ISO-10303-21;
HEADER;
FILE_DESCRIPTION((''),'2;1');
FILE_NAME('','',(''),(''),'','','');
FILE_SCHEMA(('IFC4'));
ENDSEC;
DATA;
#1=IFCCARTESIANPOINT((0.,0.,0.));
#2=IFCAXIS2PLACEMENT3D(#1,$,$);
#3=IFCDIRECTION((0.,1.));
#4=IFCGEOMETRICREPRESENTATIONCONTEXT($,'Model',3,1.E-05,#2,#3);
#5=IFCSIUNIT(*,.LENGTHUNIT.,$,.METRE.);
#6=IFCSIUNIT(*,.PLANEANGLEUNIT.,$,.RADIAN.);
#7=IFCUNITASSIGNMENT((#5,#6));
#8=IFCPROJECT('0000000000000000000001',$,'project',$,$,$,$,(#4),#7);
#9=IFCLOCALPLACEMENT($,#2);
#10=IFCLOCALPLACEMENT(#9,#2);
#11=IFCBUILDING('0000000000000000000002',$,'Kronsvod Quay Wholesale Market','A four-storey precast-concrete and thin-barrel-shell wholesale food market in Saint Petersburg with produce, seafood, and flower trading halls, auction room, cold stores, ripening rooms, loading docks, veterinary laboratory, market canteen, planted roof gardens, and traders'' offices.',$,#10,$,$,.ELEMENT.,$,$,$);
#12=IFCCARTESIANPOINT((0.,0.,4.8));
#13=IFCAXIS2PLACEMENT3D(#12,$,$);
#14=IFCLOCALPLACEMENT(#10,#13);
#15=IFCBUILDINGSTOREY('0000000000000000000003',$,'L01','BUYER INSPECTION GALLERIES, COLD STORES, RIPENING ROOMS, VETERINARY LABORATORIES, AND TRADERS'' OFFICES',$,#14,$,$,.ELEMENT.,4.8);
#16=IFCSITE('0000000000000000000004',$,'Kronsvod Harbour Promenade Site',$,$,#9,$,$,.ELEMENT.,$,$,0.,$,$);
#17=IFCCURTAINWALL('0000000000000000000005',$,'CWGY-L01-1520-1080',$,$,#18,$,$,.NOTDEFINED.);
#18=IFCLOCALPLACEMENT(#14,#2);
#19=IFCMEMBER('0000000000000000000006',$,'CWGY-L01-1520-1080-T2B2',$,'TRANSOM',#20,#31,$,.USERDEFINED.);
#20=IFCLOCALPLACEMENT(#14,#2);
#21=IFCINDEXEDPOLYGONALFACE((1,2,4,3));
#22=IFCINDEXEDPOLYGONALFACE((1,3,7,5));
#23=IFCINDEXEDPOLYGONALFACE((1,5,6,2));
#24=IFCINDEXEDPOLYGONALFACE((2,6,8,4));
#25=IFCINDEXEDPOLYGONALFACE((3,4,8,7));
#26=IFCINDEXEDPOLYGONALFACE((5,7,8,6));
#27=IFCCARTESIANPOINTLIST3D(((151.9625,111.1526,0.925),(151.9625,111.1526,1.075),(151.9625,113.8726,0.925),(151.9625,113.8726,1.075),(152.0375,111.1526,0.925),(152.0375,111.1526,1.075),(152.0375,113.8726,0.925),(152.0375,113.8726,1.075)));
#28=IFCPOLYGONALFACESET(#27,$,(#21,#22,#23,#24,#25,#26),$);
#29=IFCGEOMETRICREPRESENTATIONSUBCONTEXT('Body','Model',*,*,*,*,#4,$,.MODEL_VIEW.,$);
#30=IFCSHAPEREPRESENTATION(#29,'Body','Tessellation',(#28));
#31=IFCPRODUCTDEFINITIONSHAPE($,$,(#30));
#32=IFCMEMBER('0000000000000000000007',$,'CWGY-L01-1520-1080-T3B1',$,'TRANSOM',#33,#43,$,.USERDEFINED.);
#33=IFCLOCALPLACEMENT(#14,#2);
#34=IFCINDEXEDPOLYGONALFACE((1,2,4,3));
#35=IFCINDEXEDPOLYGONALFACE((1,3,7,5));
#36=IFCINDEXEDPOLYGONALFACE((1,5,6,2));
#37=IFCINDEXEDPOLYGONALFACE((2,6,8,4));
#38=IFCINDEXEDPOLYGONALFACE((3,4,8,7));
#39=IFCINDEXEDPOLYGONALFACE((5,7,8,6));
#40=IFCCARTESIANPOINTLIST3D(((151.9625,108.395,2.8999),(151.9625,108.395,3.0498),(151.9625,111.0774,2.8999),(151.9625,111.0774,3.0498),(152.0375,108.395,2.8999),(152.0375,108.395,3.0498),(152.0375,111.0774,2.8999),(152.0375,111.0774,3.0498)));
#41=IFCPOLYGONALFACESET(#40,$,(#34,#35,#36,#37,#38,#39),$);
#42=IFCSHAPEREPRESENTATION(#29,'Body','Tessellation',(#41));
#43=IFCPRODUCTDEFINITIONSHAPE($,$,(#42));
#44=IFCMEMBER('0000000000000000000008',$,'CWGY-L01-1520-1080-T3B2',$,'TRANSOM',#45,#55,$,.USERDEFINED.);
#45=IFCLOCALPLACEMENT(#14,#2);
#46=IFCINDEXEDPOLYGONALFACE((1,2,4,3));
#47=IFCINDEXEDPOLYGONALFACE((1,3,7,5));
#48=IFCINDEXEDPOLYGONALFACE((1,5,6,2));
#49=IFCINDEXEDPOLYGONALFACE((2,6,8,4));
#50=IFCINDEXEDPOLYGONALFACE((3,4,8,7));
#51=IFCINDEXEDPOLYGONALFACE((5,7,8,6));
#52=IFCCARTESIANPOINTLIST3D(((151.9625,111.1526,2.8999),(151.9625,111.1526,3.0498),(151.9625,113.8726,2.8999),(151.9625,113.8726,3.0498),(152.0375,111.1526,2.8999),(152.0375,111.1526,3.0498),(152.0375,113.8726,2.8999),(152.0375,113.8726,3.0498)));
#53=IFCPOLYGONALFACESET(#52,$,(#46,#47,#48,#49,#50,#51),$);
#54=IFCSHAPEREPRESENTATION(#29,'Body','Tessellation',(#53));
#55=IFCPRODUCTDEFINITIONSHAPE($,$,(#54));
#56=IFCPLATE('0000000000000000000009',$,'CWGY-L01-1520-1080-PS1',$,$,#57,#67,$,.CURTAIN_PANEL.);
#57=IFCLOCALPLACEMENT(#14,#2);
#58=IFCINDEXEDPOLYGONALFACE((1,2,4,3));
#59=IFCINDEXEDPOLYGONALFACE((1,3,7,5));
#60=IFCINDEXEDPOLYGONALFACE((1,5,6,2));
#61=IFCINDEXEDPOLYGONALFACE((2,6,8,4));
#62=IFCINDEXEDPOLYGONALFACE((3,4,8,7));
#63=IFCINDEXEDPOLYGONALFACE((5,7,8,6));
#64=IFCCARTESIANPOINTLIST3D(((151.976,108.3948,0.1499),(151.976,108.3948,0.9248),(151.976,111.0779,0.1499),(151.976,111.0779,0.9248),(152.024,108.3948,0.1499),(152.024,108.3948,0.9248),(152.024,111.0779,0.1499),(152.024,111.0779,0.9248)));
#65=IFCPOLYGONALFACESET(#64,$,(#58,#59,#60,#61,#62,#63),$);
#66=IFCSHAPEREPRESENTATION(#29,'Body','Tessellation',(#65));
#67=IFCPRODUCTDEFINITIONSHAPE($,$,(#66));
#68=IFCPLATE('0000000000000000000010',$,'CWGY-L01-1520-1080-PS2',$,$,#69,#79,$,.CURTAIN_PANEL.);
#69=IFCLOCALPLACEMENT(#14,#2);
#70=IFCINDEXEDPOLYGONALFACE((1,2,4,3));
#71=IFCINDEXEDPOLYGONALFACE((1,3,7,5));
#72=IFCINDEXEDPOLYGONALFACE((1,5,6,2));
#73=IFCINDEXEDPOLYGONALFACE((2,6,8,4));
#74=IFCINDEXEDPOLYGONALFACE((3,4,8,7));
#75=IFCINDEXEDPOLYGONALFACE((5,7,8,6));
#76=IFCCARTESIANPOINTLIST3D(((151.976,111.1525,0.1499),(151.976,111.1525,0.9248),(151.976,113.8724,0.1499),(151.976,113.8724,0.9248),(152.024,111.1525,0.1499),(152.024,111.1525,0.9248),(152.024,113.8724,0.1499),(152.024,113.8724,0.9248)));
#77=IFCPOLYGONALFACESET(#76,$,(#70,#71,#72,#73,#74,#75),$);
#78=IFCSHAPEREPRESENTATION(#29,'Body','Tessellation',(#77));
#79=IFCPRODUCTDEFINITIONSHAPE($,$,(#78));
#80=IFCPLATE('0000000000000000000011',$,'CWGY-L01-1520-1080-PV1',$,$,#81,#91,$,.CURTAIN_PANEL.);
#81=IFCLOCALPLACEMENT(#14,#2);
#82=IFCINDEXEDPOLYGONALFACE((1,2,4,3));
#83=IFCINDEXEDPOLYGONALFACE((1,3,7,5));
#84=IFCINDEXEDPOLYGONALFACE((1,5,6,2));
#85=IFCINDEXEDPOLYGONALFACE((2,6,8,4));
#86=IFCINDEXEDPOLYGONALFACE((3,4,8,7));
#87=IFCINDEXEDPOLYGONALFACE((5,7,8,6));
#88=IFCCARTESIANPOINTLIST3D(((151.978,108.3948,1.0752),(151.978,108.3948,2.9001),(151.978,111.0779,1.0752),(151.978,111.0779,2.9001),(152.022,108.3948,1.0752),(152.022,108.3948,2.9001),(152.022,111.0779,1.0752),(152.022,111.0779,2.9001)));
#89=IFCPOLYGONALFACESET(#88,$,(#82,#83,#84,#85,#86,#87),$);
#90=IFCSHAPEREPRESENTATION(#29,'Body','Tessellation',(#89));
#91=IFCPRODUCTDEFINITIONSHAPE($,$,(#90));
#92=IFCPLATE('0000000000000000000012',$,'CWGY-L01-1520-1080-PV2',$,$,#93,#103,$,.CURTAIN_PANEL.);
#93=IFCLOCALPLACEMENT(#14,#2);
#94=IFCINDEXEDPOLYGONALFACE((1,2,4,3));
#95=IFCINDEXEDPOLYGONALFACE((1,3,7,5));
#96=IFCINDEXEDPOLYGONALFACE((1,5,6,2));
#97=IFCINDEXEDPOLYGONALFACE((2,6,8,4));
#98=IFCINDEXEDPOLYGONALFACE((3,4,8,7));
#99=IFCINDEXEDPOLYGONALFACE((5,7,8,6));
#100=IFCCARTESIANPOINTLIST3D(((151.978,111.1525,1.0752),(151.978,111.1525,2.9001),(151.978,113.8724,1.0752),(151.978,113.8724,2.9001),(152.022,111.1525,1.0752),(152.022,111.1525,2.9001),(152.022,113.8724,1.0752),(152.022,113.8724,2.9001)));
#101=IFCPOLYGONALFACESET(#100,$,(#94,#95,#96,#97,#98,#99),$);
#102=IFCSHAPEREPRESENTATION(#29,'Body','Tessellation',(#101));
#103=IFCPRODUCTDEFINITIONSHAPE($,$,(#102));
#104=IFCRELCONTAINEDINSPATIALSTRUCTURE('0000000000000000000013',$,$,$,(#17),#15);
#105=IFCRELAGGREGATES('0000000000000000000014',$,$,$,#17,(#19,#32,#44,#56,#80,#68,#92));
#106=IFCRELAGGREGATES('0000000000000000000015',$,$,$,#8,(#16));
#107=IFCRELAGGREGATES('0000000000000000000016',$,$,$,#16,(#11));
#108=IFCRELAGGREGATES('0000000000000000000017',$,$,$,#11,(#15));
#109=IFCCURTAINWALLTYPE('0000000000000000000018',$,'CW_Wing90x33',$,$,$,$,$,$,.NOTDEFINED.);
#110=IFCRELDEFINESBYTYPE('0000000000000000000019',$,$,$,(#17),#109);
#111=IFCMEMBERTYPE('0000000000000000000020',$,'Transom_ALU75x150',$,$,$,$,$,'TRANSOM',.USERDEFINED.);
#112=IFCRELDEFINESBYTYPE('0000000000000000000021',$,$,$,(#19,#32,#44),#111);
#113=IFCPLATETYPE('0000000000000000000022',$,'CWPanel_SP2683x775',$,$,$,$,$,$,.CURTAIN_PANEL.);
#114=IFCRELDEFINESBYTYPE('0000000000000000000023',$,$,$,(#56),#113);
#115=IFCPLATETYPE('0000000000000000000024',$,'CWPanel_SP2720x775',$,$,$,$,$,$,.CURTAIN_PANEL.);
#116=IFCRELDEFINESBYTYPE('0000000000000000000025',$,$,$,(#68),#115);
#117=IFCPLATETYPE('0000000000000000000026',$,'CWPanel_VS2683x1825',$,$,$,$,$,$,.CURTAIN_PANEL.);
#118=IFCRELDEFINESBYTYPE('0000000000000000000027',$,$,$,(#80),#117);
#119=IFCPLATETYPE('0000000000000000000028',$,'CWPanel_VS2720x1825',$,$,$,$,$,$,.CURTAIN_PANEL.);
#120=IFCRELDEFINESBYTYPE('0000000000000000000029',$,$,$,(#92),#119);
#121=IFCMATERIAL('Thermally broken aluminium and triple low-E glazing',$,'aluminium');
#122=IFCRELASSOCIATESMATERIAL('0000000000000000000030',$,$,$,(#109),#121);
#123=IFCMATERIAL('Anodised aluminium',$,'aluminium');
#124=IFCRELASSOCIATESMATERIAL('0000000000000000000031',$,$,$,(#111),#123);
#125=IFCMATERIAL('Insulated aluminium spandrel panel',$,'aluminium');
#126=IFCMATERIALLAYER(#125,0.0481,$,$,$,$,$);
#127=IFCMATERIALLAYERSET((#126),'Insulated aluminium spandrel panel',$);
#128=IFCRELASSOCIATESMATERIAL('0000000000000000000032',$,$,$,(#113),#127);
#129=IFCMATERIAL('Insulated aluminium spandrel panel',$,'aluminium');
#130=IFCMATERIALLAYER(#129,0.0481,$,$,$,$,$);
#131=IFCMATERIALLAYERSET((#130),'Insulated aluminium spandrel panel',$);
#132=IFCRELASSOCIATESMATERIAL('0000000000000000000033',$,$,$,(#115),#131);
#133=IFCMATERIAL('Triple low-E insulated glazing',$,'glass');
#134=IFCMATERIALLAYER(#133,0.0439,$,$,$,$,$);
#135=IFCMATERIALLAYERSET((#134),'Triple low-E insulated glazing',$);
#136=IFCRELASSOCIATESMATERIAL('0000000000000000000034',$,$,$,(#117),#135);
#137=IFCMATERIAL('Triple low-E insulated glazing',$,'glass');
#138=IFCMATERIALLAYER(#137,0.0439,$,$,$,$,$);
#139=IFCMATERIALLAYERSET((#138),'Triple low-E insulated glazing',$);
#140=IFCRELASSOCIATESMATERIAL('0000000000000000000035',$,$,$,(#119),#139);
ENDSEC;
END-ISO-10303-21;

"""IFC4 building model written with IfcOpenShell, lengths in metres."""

from ifc_helpers import new_model, si_unit, direction, frame, origin, origin_2d, place, context, subcontext, project, spatial, rectangle, extrude, material, layer, layer_set, material_profile, profile_set, type_object, element, aggregate, save


model = new_model("IFC4")

# Units and contexts
model_context = context("Model", 3, precision=1e-05, world=origin(), true_north=direction((0.0, 1.0)))
body_context = subcontext(model_context, "Body", "Model", "MODEL_VIEW")
ifc_project = project(units=[si_unit("LENGTHUNIT", "METRE"), si_unit("PLANEANGLEUNIT", "RADIAN")], contexts=[model_context])

# Site, building, storey
site_placement = place(None, origin())
site = spatial("IfcSite", under=ifc_project, at=site_placement, Name="Kronsvod Harbour Promenade Site", CompositionType="ELEMENT", RefElevation=0.0)
building_placement = place(site_placement, origin())
building = spatial("IfcBuilding", under=site, at=building_placement, Name="Kronsvod Quay Wholesale Market", Description="A four-storey precast-concrete and thin-barrel-shell wholesale food market in Saint Petersburg with produce, seafood, and flower trading halls, auction room, cold stores, ripening rooms, loading docks, veterinary laboratory, market canteen, planted roof gardens, and traders' offices.", CompositionType="ELEMENT")
storey_placement = place(building_placement, frame((0.0, 0.0, 4.8)))
storey = spatial("IfcBuildingStorey", under=building, at=storey_placement, Name="L01", Description="BUYER INSPECTION GALLERIES, COLD STORES, RIPENING ROOMS, VETERINARY LABORATORIES, AND TRADERS' OFFICES", CompositionType="ELEMENT", Elevation=4.8)

# Curtain wall, members, plates
ifc_material_1 = material(Name="Thermally broken aluminium and triple low-E glazing", Category="aluminium")
curtain_wall_type = type_object("IfcCurtainWallType", Name="CW_Wing90x33", PredefinedType="NOTDEFINED", material=ifc_material_1)
curtain_wall_placement = place(storey_placement, origin())
curtain_wall = element("IfcCurtainWall", 1, at=curtain_wall_placement, inside=storey, type_object=curtain_wall_type, Name="CWGY-L01-1520-1080", PredefinedType="NOTDEFINED")
ifc_material_2 = material(Name="Anodised aluminium", Category="aluminium")
ifc_material_profile_1 = material_profile(ifc_material_2, rectangle(XDim=0.075, YDim=0.1499, at=origin_2d()), Name="ALUT75x150")
ifc_profile_set_1 = profile_set([ifc_material_profile_1], Name="Anodised aluminium")
member_type_1 = type_object("IfcMemberType", Name="Transom_ALU75x150", ElementType="TRANSOM", PredefinedType="USERDEFINED", material=ifc_profile_set_1)
member_1_placement = place(storey_placement, frame((152.0, 111.1526, 1.0), z_axis=(0.0, 1.0, 0.0), x_axis=(-1.0, 0.0, 0.0)))
member_1 = element("IfcMember", 2, at=member_1_placement, type_object=member_type_1, Name="CWGY-L01-1520-1080-T2B2", ObjectType="TRANSOM", PredefinedType="USERDEFINED", context=body_context, shape_type="SweptSolid", body=[
    extrude(rectangle(XDim=0.075, YDim=0.1499, at=origin_2d()), origin(), (0.0, 0.0, 1.0), 2.72),
])
member_2_placement = place(storey_placement, frame((152.0, 108.395, 2.9749), z_axis=(0.0, 1.0, 0.0), x_axis=(-1.0, 0.0, 0.0)))
member_2 = element("IfcMember", 3, at=member_2_placement, type_object=member_type_1, Name="CWGY-L01-1520-1080-T3B1", ObjectType="TRANSOM", PredefinedType="USERDEFINED", context=body_context, shape_type="SweptSolid", body=[
    extrude(rectangle(XDim=0.075, YDim=0.1499, at=origin_2d()), origin(), (0.0, 0.0, 1.0), 2.6824),
])
member_3_placement = place(storey_placement, frame((152.0, 111.1526, 2.9749), z_axis=(0.0, 1.0, 0.0), x_axis=(-1.0, 0.0, 0.0)))
member_3 = element("IfcMember", 4, at=member_3_placement, type_object=member_type_1, Name="CWGY-L01-1520-1080-T3B2", ObjectType="TRANSOM", PredefinedType="USERDEFINED", context=body_context, shape_type="SweptSolid", body=[
    extrude(rectangle(XDim=0.075, YDim=0.1499, at=origin_2d()), origin(), (0.0, 0.0, 1.0), 2.72),
])
ifc_material_3 = material(Name="Insulated aluminium spandrel panel", Category="aluminium")
ifc_layer_1 = layer(ifc_material_3, 0.0481)
ifc_layer_set_1 = layer_set([ifc_layer_1], Name="Insulated aluminium spandrel panel")
plate_type_1 = type_object("IfcPlateType", Name="CWPanel_SP2683x775", PredefinedType="CURTAIN_PANEL", material=ifc_layer_set_1)
plate_1_placement = place(storey_placement, frame((152.0, 109.7363, 0.1499), z_axis=(0.0, 0.0, 1.0), x_axis=(0.0, 1.0, 0.0)))
plate_1 = element("IfcPlate", 5, at=plate_1_placement, type_object=plate_type_1, Name="CWGY-L01-1520-1080-PS1", PredefinedType="CURTAIN_PANEL", context=body_context, shape_type="SweptSolid", body=[
    extrude(rectangle(XDim=2.6831, YDim=0.0481, at=origin_2d()), origin(), (0.0, 0.0, 1.0), 0.7749),
])
ifc_material_4 = material(Name="Insulated aluminium spandrel panel", Category="aluminium")
ifc_layer_2 = layer(ifc_material_4, 0.0481)
ifc_layer_set_2 = layer_set([ifc_layer_2], Name="Insulated aluminium spandrel panel")
plate_type_2 = type_object("IfcPlateType", Name="CWPanel_SP2720x775", PredefinedType="CURTAIN_PANEL", material=ifc_layer_set_2)
plate_2_placement = place(storey_placement, frame((152.0, 112.5125, 0.1499), z_axis=(0.0, 0.0, 1.0), x_axis=(0.0, 1.0, 0.0)))
plate_2 = element("IfcPlate", 6, at=plate_2_placement, type_object=plate_type_2, Name="CWGY-L01-1520-1080-PS2", PredefinedType="CURTAIN_PANEL", context=body_context, shape_type="SweptSolid", body=[
    extrude(rectangle(XDim=2.72, YDim=0.0481, at=origin_2d()), origin(), (0.0, 0.0, 1.0), 0.7749),
])
ifc_material_5 = material(Name="Triple low-E insulated glazing", Category="glass")
ifc_layer_3 = layer(ifc_material_5, 0.0439)
ifc_layer_set_3 = layer_set([ifc_layer_3], Name="Triple low-E insulated glazing")
plate_type_3 = type_object("IfcPlateType", Name="CWPanel_VS2683x1825", PredefinedType="CURTAIN_PANEL", material=ifc_layer_set_3)
plate_3_placement = place(storey_placement, frame((152.0, 109.7363, 1.0752), z_axis=(0.0, 0.0, 1.0), x_axis=(0.0, 1.0, 0.0)))
plate_3 = element("IfcPlate", 7, at=plate_3_placement, type_object=plate_type_3, Name="CWGY-L01-1520-1080-PV1", PredefinedType="CURTAIN_PANEL", context=body_context, shape_type="SweptSolid", body=[
    extrude(rectangle(XDim=2.6831, YDim=0.0439, at=origin_2d()), origin(), (0.0, 0.0, 1.0), 1.825),
])
ifc_material_6 = material(Name="Triple low-E insulated glazing", Category="glass")
ifc_layer_4 = layer(ifc_material_6, 0.0439)
ifc_layer_set_4 = layer_set([ifc_layer_4], Name="Triple low-E insulated glazing")
plate_type_4 = type_object("IfcPlateType", Name="CWPanel_VS2720x1825", PredefinedType="CURTAIN_PANEL", material=ifc_layer_set_4)
plate_4_placement = place(storey_placement, frame((152.0, 112.5125, 1.0752), z_axis=(0.0, 0.0, 1.0), x_axis=(0.0, 1.0, 0.0)))
plate_4 = element("IfcPlate", 8, at=plate_4_placement, type_object=plate_type_4, Name="CWGY-L01-1520-1080-PV2", PredefinedType="CURTAIN_PANEL", context=body_context, shape_type="SweptSolid", body=[
    extrude(rectangle(XDim=2.72, YDim=0.0439, at=origin_2d()), origin(), (0.0, 0.0, 1.0), 1.825),
])
aggregate(curtain_wall, [member_1, member_2, member_3, plate_1, plate_3, plate_2, plate_4])

save(model, "model.ifc")
